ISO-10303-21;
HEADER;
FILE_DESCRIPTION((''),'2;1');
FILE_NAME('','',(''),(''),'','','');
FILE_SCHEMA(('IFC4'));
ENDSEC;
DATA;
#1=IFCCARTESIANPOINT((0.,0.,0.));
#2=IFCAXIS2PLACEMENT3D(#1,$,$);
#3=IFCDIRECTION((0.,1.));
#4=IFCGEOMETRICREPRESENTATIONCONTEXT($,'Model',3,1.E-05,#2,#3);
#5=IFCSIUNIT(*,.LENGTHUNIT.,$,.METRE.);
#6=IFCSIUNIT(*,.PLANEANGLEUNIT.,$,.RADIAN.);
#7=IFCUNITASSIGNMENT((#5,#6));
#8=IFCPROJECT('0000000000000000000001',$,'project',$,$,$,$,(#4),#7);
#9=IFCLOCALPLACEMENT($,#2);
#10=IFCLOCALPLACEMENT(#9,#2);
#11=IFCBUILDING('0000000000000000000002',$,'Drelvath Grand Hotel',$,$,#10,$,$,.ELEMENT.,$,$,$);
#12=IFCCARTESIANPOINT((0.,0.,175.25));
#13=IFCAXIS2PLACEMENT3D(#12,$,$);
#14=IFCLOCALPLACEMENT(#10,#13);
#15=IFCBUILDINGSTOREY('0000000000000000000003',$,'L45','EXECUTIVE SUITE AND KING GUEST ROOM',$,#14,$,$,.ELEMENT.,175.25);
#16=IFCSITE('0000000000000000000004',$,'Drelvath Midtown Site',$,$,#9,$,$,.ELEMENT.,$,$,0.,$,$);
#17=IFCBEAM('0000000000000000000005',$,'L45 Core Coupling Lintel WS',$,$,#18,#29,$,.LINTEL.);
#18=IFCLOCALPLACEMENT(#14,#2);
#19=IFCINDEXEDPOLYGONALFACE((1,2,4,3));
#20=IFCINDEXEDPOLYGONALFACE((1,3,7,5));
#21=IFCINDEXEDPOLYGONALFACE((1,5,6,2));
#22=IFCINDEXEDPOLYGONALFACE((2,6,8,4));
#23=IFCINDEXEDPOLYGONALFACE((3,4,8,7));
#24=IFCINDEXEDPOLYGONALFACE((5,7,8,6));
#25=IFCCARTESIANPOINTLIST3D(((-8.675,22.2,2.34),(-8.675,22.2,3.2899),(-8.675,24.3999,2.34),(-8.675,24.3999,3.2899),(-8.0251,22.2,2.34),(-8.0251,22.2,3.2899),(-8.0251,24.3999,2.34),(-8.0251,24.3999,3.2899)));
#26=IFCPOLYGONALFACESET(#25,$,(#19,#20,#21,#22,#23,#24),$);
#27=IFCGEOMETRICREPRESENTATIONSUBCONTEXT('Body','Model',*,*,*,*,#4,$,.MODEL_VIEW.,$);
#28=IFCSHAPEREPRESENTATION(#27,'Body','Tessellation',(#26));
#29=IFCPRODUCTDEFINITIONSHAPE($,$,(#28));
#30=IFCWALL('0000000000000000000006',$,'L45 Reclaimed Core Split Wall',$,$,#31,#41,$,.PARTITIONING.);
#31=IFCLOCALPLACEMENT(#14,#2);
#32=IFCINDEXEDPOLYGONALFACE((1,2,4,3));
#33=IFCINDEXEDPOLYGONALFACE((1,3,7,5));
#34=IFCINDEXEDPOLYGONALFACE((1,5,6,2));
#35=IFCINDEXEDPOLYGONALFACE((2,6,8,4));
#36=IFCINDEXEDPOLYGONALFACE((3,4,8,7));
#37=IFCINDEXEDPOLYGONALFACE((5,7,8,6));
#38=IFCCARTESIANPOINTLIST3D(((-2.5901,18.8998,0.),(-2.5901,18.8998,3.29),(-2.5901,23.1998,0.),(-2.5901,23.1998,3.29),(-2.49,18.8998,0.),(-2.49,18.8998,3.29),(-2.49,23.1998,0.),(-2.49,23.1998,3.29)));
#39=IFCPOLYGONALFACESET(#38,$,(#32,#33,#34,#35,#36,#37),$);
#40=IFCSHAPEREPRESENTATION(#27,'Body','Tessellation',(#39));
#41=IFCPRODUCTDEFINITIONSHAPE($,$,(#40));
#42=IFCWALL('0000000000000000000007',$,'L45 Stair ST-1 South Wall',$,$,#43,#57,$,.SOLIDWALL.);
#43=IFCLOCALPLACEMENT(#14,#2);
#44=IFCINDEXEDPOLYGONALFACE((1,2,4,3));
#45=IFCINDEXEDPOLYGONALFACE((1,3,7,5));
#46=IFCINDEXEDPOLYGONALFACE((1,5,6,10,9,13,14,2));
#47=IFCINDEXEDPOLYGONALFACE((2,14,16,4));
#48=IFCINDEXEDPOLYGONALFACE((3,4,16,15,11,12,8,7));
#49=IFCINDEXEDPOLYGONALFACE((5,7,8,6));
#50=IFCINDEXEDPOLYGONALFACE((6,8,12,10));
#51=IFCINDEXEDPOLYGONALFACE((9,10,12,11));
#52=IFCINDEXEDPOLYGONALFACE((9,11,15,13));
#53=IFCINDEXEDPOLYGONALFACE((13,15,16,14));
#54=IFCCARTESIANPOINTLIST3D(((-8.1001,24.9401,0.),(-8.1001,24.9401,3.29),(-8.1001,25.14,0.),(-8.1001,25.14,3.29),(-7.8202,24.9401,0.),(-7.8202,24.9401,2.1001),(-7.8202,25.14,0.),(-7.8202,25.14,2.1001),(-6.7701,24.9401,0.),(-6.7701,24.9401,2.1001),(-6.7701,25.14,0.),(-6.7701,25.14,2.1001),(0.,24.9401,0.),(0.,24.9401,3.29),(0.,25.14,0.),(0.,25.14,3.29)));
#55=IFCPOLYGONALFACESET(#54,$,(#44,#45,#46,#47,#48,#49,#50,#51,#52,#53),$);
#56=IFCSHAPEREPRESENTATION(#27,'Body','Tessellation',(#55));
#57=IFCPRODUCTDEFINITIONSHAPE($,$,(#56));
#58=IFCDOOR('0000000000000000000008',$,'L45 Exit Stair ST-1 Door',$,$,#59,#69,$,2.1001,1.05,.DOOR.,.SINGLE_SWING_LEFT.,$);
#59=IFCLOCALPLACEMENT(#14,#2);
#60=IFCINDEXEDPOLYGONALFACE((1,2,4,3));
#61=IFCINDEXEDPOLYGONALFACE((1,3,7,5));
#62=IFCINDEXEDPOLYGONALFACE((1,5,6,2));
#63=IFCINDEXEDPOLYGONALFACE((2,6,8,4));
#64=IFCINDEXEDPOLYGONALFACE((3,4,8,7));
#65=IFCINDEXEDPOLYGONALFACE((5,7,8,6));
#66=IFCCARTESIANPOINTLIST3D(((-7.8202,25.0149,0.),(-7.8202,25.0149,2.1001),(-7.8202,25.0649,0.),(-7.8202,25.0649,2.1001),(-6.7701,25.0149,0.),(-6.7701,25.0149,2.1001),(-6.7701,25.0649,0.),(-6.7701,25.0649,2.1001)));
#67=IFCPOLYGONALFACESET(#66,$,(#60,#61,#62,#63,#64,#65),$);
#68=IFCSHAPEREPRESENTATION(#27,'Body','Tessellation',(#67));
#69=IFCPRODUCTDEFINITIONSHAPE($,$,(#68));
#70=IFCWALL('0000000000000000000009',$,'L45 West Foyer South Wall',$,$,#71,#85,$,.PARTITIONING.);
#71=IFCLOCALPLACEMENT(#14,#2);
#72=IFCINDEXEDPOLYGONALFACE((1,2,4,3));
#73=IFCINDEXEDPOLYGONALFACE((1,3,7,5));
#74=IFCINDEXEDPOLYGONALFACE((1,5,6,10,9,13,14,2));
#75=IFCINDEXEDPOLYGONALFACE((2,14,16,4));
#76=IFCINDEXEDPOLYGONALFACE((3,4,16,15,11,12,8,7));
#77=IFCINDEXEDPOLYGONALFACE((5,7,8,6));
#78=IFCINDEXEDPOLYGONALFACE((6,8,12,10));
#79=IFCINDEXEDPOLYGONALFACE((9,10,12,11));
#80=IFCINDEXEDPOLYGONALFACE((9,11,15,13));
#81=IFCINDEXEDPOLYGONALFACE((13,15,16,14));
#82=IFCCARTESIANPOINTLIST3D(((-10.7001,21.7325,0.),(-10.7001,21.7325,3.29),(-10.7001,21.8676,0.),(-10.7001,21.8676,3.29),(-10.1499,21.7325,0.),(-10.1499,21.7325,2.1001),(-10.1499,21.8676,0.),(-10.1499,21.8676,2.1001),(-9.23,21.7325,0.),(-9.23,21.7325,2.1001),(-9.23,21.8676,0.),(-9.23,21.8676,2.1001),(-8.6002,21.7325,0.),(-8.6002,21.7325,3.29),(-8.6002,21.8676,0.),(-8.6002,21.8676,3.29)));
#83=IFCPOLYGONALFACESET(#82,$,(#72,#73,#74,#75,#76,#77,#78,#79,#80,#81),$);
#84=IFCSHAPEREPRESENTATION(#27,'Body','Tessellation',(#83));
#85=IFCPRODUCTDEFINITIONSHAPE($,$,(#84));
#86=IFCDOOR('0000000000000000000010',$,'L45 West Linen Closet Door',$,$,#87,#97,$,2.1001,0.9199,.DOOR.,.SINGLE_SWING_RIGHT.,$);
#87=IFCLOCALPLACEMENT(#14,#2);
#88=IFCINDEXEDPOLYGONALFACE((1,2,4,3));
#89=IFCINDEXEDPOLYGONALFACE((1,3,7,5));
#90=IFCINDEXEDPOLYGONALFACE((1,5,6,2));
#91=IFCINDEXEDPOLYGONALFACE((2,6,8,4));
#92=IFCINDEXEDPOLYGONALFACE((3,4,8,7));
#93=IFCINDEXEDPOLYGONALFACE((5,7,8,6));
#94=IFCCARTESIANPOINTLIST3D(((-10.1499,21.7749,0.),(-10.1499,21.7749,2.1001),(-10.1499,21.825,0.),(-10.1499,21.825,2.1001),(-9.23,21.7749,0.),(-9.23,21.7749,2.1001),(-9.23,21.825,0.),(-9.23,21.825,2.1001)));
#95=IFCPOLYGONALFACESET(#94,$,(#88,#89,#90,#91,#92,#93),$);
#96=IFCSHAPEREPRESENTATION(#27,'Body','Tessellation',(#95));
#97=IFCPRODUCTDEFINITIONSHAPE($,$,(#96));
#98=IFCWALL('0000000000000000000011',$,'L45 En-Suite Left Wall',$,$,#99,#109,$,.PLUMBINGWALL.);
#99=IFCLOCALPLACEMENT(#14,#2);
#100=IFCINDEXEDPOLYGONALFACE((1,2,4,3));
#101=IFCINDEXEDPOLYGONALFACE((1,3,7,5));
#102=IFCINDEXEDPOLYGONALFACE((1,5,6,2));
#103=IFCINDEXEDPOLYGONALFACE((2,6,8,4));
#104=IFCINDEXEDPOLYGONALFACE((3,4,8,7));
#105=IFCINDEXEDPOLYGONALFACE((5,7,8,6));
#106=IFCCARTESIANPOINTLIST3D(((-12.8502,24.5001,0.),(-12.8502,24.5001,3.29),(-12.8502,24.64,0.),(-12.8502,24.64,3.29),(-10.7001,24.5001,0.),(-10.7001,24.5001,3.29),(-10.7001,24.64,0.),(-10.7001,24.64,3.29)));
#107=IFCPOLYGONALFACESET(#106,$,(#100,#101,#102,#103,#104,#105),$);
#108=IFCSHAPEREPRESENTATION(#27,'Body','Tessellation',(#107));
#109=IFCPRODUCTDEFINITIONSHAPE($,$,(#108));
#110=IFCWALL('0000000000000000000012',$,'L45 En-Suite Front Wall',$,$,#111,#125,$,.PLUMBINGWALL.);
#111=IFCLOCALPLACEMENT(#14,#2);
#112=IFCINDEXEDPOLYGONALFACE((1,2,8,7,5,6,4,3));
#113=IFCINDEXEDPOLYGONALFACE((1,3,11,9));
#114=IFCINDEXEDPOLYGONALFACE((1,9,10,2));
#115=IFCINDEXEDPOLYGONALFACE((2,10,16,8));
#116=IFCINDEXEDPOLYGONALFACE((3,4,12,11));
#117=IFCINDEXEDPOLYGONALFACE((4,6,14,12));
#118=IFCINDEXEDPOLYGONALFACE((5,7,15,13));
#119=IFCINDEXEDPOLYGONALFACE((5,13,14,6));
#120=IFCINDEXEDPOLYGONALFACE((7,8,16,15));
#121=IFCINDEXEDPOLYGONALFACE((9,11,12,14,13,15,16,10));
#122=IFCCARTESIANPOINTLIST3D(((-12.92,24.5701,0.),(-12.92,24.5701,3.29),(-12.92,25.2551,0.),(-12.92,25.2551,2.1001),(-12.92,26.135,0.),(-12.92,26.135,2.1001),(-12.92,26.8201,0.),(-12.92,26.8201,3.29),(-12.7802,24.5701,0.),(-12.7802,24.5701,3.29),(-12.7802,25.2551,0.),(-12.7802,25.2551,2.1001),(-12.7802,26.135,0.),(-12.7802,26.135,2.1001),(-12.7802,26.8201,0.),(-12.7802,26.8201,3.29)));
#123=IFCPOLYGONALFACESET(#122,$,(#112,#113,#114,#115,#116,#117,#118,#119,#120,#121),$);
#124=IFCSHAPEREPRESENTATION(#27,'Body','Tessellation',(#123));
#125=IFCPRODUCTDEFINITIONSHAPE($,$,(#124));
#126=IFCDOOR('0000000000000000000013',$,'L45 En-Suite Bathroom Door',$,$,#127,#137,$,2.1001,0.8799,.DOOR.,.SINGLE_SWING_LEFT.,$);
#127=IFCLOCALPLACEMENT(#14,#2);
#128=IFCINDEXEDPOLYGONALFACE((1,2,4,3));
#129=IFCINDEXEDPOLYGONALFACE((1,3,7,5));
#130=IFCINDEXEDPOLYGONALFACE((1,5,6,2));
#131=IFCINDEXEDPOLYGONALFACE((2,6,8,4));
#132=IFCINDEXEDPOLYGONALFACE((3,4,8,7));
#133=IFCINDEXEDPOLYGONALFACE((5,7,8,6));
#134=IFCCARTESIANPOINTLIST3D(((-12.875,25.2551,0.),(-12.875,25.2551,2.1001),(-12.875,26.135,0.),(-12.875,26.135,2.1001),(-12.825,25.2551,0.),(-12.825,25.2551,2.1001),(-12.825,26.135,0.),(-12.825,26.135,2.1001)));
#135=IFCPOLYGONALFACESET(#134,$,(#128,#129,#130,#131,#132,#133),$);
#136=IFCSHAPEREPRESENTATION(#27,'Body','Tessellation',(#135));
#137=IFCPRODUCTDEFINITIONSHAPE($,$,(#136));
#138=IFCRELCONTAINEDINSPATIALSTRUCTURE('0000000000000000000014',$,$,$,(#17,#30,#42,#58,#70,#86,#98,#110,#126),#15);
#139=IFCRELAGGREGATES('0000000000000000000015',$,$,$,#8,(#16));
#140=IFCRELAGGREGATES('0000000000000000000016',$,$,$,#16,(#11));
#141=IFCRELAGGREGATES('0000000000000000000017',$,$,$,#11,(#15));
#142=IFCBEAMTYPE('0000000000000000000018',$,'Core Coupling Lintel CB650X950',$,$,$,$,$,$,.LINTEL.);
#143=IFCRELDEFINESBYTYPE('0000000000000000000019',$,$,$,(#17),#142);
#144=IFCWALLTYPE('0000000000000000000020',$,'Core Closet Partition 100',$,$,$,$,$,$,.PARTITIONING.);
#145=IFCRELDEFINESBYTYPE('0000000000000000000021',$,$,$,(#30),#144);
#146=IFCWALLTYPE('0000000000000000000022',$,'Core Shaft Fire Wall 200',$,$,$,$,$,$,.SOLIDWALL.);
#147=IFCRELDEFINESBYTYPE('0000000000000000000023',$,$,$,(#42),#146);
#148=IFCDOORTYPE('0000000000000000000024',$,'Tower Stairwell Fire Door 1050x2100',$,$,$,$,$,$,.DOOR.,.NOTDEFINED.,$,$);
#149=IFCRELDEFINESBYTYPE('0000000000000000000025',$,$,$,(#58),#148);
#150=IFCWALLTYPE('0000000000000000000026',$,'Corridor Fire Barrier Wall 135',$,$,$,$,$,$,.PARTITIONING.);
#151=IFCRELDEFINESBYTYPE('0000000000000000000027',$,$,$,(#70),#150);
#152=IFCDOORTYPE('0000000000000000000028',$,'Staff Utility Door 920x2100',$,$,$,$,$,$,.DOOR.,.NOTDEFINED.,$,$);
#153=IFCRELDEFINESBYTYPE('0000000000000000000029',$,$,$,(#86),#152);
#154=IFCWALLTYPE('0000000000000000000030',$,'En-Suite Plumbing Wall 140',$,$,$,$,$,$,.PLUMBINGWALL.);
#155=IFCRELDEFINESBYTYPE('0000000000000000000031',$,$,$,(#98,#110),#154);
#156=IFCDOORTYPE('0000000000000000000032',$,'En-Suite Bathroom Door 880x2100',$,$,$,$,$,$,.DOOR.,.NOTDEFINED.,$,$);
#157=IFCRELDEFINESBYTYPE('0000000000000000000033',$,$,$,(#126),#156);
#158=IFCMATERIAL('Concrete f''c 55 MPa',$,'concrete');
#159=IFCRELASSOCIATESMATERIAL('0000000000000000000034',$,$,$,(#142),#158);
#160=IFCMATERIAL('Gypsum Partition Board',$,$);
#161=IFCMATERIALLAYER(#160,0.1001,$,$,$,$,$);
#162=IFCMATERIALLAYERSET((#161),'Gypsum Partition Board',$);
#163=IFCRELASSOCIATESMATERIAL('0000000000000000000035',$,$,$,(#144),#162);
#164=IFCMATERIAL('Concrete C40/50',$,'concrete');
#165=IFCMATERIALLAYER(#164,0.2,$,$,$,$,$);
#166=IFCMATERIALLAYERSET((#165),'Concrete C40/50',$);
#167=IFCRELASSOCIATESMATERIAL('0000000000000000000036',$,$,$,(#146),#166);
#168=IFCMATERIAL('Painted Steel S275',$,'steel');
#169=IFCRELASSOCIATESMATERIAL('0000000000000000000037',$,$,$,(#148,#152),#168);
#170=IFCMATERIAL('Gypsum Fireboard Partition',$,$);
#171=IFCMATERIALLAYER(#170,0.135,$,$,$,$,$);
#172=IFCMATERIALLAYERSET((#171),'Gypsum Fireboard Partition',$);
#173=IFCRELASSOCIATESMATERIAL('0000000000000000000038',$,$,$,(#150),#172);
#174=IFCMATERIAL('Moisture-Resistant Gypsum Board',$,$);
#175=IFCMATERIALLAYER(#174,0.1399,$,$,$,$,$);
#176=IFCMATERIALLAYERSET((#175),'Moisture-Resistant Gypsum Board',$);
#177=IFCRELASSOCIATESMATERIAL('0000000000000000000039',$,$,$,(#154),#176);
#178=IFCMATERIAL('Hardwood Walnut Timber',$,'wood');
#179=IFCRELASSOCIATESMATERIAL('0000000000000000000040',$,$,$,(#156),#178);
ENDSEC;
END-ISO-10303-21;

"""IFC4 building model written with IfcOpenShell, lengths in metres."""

from ifc_helpers import new_model, si_unit, direction, frame, frame_2d, origin, origin_2d, place, context, subcontext, project, spatial, rectangle, extrude, material, layer, layer_set, material_profile, profile_set, type_object, element, fill, save


model = new_model("IFC4")

# Units and contexts
model_context = context("Model", 3, precision=1e-05, world=origin(), true_north=direction((0.0, 1.0)))
body_context = subcontext(model_context, "Body", "Model", "MODEL_VIEW")
ifc_project = project(units=[si_unit("LENGTHUNIT", "METRE"), si_unit("PLANEANGLEUNIT", "RADIAN")], contexts=[model_context])

# Site, building, storey
site_placement = place(None, origin())
site = spatial("IfcSite", under=ifc_project, at=site_placement, Name="Drelvath Midtown Site", CompositionType="ELEMENT", RefElevation=0.0)
building_placement = place(site_placement, origin())
building = spatial("IfcBuilding", under=site, at=building_placement, Name="Drelvath Grand Hotel", CompositionType="ELEMENT")
storey_placement = place(building_placement, frame((0.0, 0.0, 175.25)))
storey = spatial("IfcBuildingStorey", under=building, at=storey_placement, Name="L45", Description="EXECUTIVE SUITE AND KING GUEST ROOM", CompositionType="ELEMENT", Elevation=175.25)

# Beam
ifc_material_1 = material(Name="Concrete f'c 55 MPa", Category="concrete")
ifc_material_profile = material_profile(ifc_material_1, rectangle(XDim=0.6499, YDim=0.95, at=origin_2d()), Name="CB650X950")
ifc_profile_set = profile_set([ifc_material_profile], Name="Concrete f'c 55 MPa")
beam_type = type_object("IfcBeamType", Name="Core Coupling Lintel CB650X950", PredefinedType="LINTEL", material=ifc_profile_set)
beam_placement = place(storey_placement, frame((-8.3501, 22.2, 2.8149), z_axis=(0.0, 1.0, 0.0), x_axis=(-1.0, 0.0, 0.0)))
element("IfcBeam", 1, at=beam_placement, inside=storey, type_object=beam_type, Name="L45 Core Coupling Lintel WS", PredefinedType="LINTEL", context=body_context, shape_type="SweptSolid", body=[
    extrude(rectangle(XDim=0.6499, YDim=0.95, at=origin_2d()), origin(), (0.0, 0.0, 1.0), 2.2),
])

# Wall
ifc_material_2 = material(Name="Gypsum Partition Board")
ifc_layer_1 = layer(ifc_material_2, 0.1001)
ifc_layer_set_1 = layer_set([ifc_layer_1], Name="Gypsum Partition Board")
wall_type_1 = type_object("IfcWallType", Name="Core Closet Partition 100", PredefinedType="PARTITIONING", material=ifc_layer_set_1)
wall_1_placement = place(storey_placement, frame((-2.54, 18.8999, 0.0), z_axis=(0.0, 0.0, 1.0), x_axis=(0.0, 1.0, 0.0)))
element("IfcWall", 2, at=wall_1_placement, inside=storey, type_object=wall_type_1, Name="L45 Reclaimed Core Split Wall", PredefinedType="PARTITIONING", context=body_context, shape_type="SweptSolid", body=[
    extrude(rectangle(XDim=4.3, YDim=0.1001, at=frame_2d((2.1499, 0.0))), origin(), (0.0, 0.0, 1.0), 3.29),
])

# Walls, openings, doors
ifc_material_3 = material(Name="Concrete C40/50", Category="concrete")
ifc_layer_2 = layer(ifc_material_3, 0.2)
ifc_layer_set_2 = layer_set([ifc_layer_2], Name="Concrete C40/50")
wall_type_2 = type_object("IfcWallType", Name="Core Shaft Fire Wall 200", PredefinedType="SOLIDWALL", material=ifc_layer_set_2)
wall_2_placement = place(storey_placement, frame((-8.1001, 25.04, 0.0), z_axis=(0.0, 0.0, 1.0), x_axis=(1.0, 0.0, 0.0)))
wall_2 = element("IfcWall", 3, at=wall_2_placement, inside=storey, type_object=wall_type_2, Name="L45 Stair ST-1 South Wall", PredefinedType="SOLIDWALL", context=body_context, shape_type="SweptSolid", body=[
    extrude(rectangle(XDim=8.1001, YDim=0.2, at=frame_2d((4.05, 0.0))), origin(), (0.0, 0.0, 1.0), 3.29),
])
opening_1_placement = place(wall_2_placement, frame((0.28, 0.0, 0.0)))
opening_1 = element("IfcOpeningElement", 4, at=opening_1_placement, cuts=wall_2, PredefinedType="OPENING", context=body_context, shape_type="SweptSolid", body=[
    extrude(rectangle(XDim=1.05, YDim=2.1001, at=frame_2d((0.5249, 1.05))), frame((0.0, 0.1099, 0.0), z_axis=(0.0, -1.0, 0.0), x_axis=(1.0, 0.0, 0.0)), (0.0, 0.0, 1.0), 0.22),
])
ifc_material_4 = material(Name="Painted Steel S275", Category="steel")
door_type_1 = type_object("IfcDoorType", Name="Tower Stairwell Fire Door 1050x2100", OperationType="NOTDEFINED", PredefinedType="DOOR", material=ifc_material_4)
door_1_placement = place(opening_1_placement, origin())
door_1 = element("IfcDoor", 5, at=door_1_placement, inside=storey, type_object=door_type_1, Name="L45 Exit Stair ST-1 Door", OperationType="SINGLE_SWING_LEFT", OverallHeight=2.1001, OverallWidth=1.05, PredefinedType="DOOR", context=body_context, shape_type="SweptSolid", body=[
    extrude(rectangle(XDim=1.05, YDim=2.1001, at=frame_2d((0.5249, 1.05))), frame((0.0, 0.0249, 0.0), z_axis=(0.0, -1.0, 0.0), x_axis=(1.0, 0.0, 0.0)), (0.0, 0.0, 1.0), 0.05),
])
fill(opening_1, door_1)
ifc_material_5 = material(Name="Gypsum Fireboard Partition")
ifc_layer_3 = layer(ifc_material_5, 0.135)
ifc_layer_set_3 = layer_set([ifc_layer_3], Name="Gypsum Fireboard Partition")
wall_type_3 = type_object("IfcWallType", Name="Corridor Fire Barrier Wall 135", PredefinedType="PARTITIONING", material=ifc_layer_set_3)
wall_3_placement = place(storey_placement, frame((-10.7, 21.8, 0.0), z_axis=(0.0, 0.0, 1.0), x_axis=(1.0, 0.0, 0.0)))
wall_3 = element("IfcWall", 6, at=wall_3_placement, inside=storey, type_object=wall_type_3, Name="L45 West Foyer South Wall", PredefinedType="PARTITIONING", context=body_context, shape_type="SweptSolid", body=[
    extrude(rectangle(XDim=2.0999, YDim=0.135, at=frame_2d((1.0498, 0.0))), origin(), (0.0, 0.0, 1.0), 3.29),
])
opening_2_placement = place(wall_3_placement, frame((0.55, 0.0, 0.0)))
opening_2 = element("IfcOpeningElement", 7, at=opening_2_placement, cuts=wall_3, PredefinedType="OPENING", context=body_context, shape_type="SweptSolid", body=[
    extrude(rectangle(XDim=0.9199, YDim=2.1001, at=frame_2d((0.46, 1.05))), frame((0.0, 0.0774, 0.0), z_axis=(0.0, -1.0, 0.0), x_axis=(1.0, 0.0, 0.0)), (0.0, 0.0, 1.0), 0.155),
])
door_type_2 = type_object("IfcDoorType", Name="Staff Utility Door 920x2100", OperationType="NOTDEFINED", PredefinedType="DOOR", material=ifc_material_4)
door_2_placement = place(opening_2_placement, origin())
door_2 = element("IfcDoor", 8, at=door_2_placement, inside=storey, type_object=door_type_2, Name="L45 West Linen Closet Door", OperationType="SINGLE_SWING_RIGHT", OverallHeight=2.1001, OverallWidth=0.9199, PredefinedType="DOOR", context=body_context, shape_type="SweptSolid", body=[
    extrude(rectangle(XDim=0.9199, YDim=2.1001, at=frame_2d((0.46, 1.05))), frame((0.0, 0.0249, 0.0), z_axis=(0.0, -1.0, 0.0), x_axis=(1.0, 0.0, 0.0)), (0.0, 0.0, 1.0), 0.05),
])
fill(opening_2, door_2)

# Wall
ifc_material_6 = material(Name="Moisture-Resistant Gypsum Board")
ifc_layer_4 = layer(ifc_material_6, 0.1399)
ifc_layer_set_4 = layer_set([ifc_layer_4], Name="Moisture-Resistant Gypsum Board")
wall_type_4 = type_object("IfcWallType", Name="En-Suite Plumbing Wall 140", PredefinedType="PLUMBINGWALL", material=ifc_layer_set_4)
wall_4_placement = place(storey_placement, frame((-10.7, 24.5701, 0.0), z_axis=(0.0, 0.0, 1.0), x_axis=(-1.0, 0.0, 0.0)))
element("IfcWall", 9, at=wall_4_placement, inside=storey, type_object=wall_type_4, Name="L45 En-Suite Left Wall", PredefinedType="PLUMBINGWALL", context=body_context, shape_type="SweptSolid", body=[
    extrude(rectangle(XDim=2.1501, YDim=0.1399, at=frame_2d((1.0752, 0.0))), origin(), (0.0, 0.0, 1.0), 3.29),
])

# Wall, opening, door
wall_5_placement = place(storey_placement, frame((-12.8501, 24.5701, 0.0), z_axis=(0.0, 0.0, 1.0), x_axis=(0.0, 1.0, 0.0)))
wall_5 = element("IfcWall", 10, at=wall_5_placement, inside=storey, type_object=wall_type_4, Name="L45 En-Suite Front Wall", PredefinedType="PLUMBINGWALL", context=body_context, shape_type="SweptSolid", body=[
    extrude(rectangle(XDim=2.25, YDim=0.1399, at=frame_2d((1.125, 0.0))), origin(), (0.0, 0.0, 1.0), 3.29),
])
opening_3_placement = place(wall_5_placement, frame((0.6851, 0.0, 0.0)))
opening_3 = element("IfcOpeningElement", 11, at=opening_3_placement, cuts=wall_5, PredefinedType="OPENING", context=body_context, shape_type="SweptSolid", body=[
    extrude(rectangle(XDim=0.8799, YDim=2.1001, at=frame_2d((0.4399, 1.05))), frame((0.0, 0.0798, 0.0), z_axis=(0.0, -1.0, 0.0), x_axis=(1.0, 0.0, 0.0)), (0.0, 0.0, 1.0), 0.1599),
])
ifc_material_7 = material(Name="Hardwood Walnut Timber", Category="wood")
door_type_3 = type_object("IfcDoorType", Name="En-Suite Bathroom Door 880x2100", OperationType="NOTDEFINED", PredefinedType="DOOR", material=ifc_material_7)
door_3_placement = place(opening_3_placement, origin())
door_3 = element("IfcDoor", 12, at=door_3_placement, inside=storey, type_object=door_type_3, Name="L45 En-Suite Bathroom Door", OperationType="SINGLE_SWING_LEFT", OverallHeight=2.1001, OverallWidth=0.8799, PredefinedType="DOOR", context=body_context, shape_type="SweptSolid", body=[
    extrude(rectangle(XDim=0.8799, YDim=2.1001, at=frame_2d((0.4399, 1.05))), frame((0.0, 0.0249, 0.0), z_axis=(0.0, -1.0, 0.0), x_axis=(1.0, 0.0, 0.0)), (0.0, 0.0, 1.0), 0.05),
])
fill(opening_3, door_3)

save(model, "model.ifc")
